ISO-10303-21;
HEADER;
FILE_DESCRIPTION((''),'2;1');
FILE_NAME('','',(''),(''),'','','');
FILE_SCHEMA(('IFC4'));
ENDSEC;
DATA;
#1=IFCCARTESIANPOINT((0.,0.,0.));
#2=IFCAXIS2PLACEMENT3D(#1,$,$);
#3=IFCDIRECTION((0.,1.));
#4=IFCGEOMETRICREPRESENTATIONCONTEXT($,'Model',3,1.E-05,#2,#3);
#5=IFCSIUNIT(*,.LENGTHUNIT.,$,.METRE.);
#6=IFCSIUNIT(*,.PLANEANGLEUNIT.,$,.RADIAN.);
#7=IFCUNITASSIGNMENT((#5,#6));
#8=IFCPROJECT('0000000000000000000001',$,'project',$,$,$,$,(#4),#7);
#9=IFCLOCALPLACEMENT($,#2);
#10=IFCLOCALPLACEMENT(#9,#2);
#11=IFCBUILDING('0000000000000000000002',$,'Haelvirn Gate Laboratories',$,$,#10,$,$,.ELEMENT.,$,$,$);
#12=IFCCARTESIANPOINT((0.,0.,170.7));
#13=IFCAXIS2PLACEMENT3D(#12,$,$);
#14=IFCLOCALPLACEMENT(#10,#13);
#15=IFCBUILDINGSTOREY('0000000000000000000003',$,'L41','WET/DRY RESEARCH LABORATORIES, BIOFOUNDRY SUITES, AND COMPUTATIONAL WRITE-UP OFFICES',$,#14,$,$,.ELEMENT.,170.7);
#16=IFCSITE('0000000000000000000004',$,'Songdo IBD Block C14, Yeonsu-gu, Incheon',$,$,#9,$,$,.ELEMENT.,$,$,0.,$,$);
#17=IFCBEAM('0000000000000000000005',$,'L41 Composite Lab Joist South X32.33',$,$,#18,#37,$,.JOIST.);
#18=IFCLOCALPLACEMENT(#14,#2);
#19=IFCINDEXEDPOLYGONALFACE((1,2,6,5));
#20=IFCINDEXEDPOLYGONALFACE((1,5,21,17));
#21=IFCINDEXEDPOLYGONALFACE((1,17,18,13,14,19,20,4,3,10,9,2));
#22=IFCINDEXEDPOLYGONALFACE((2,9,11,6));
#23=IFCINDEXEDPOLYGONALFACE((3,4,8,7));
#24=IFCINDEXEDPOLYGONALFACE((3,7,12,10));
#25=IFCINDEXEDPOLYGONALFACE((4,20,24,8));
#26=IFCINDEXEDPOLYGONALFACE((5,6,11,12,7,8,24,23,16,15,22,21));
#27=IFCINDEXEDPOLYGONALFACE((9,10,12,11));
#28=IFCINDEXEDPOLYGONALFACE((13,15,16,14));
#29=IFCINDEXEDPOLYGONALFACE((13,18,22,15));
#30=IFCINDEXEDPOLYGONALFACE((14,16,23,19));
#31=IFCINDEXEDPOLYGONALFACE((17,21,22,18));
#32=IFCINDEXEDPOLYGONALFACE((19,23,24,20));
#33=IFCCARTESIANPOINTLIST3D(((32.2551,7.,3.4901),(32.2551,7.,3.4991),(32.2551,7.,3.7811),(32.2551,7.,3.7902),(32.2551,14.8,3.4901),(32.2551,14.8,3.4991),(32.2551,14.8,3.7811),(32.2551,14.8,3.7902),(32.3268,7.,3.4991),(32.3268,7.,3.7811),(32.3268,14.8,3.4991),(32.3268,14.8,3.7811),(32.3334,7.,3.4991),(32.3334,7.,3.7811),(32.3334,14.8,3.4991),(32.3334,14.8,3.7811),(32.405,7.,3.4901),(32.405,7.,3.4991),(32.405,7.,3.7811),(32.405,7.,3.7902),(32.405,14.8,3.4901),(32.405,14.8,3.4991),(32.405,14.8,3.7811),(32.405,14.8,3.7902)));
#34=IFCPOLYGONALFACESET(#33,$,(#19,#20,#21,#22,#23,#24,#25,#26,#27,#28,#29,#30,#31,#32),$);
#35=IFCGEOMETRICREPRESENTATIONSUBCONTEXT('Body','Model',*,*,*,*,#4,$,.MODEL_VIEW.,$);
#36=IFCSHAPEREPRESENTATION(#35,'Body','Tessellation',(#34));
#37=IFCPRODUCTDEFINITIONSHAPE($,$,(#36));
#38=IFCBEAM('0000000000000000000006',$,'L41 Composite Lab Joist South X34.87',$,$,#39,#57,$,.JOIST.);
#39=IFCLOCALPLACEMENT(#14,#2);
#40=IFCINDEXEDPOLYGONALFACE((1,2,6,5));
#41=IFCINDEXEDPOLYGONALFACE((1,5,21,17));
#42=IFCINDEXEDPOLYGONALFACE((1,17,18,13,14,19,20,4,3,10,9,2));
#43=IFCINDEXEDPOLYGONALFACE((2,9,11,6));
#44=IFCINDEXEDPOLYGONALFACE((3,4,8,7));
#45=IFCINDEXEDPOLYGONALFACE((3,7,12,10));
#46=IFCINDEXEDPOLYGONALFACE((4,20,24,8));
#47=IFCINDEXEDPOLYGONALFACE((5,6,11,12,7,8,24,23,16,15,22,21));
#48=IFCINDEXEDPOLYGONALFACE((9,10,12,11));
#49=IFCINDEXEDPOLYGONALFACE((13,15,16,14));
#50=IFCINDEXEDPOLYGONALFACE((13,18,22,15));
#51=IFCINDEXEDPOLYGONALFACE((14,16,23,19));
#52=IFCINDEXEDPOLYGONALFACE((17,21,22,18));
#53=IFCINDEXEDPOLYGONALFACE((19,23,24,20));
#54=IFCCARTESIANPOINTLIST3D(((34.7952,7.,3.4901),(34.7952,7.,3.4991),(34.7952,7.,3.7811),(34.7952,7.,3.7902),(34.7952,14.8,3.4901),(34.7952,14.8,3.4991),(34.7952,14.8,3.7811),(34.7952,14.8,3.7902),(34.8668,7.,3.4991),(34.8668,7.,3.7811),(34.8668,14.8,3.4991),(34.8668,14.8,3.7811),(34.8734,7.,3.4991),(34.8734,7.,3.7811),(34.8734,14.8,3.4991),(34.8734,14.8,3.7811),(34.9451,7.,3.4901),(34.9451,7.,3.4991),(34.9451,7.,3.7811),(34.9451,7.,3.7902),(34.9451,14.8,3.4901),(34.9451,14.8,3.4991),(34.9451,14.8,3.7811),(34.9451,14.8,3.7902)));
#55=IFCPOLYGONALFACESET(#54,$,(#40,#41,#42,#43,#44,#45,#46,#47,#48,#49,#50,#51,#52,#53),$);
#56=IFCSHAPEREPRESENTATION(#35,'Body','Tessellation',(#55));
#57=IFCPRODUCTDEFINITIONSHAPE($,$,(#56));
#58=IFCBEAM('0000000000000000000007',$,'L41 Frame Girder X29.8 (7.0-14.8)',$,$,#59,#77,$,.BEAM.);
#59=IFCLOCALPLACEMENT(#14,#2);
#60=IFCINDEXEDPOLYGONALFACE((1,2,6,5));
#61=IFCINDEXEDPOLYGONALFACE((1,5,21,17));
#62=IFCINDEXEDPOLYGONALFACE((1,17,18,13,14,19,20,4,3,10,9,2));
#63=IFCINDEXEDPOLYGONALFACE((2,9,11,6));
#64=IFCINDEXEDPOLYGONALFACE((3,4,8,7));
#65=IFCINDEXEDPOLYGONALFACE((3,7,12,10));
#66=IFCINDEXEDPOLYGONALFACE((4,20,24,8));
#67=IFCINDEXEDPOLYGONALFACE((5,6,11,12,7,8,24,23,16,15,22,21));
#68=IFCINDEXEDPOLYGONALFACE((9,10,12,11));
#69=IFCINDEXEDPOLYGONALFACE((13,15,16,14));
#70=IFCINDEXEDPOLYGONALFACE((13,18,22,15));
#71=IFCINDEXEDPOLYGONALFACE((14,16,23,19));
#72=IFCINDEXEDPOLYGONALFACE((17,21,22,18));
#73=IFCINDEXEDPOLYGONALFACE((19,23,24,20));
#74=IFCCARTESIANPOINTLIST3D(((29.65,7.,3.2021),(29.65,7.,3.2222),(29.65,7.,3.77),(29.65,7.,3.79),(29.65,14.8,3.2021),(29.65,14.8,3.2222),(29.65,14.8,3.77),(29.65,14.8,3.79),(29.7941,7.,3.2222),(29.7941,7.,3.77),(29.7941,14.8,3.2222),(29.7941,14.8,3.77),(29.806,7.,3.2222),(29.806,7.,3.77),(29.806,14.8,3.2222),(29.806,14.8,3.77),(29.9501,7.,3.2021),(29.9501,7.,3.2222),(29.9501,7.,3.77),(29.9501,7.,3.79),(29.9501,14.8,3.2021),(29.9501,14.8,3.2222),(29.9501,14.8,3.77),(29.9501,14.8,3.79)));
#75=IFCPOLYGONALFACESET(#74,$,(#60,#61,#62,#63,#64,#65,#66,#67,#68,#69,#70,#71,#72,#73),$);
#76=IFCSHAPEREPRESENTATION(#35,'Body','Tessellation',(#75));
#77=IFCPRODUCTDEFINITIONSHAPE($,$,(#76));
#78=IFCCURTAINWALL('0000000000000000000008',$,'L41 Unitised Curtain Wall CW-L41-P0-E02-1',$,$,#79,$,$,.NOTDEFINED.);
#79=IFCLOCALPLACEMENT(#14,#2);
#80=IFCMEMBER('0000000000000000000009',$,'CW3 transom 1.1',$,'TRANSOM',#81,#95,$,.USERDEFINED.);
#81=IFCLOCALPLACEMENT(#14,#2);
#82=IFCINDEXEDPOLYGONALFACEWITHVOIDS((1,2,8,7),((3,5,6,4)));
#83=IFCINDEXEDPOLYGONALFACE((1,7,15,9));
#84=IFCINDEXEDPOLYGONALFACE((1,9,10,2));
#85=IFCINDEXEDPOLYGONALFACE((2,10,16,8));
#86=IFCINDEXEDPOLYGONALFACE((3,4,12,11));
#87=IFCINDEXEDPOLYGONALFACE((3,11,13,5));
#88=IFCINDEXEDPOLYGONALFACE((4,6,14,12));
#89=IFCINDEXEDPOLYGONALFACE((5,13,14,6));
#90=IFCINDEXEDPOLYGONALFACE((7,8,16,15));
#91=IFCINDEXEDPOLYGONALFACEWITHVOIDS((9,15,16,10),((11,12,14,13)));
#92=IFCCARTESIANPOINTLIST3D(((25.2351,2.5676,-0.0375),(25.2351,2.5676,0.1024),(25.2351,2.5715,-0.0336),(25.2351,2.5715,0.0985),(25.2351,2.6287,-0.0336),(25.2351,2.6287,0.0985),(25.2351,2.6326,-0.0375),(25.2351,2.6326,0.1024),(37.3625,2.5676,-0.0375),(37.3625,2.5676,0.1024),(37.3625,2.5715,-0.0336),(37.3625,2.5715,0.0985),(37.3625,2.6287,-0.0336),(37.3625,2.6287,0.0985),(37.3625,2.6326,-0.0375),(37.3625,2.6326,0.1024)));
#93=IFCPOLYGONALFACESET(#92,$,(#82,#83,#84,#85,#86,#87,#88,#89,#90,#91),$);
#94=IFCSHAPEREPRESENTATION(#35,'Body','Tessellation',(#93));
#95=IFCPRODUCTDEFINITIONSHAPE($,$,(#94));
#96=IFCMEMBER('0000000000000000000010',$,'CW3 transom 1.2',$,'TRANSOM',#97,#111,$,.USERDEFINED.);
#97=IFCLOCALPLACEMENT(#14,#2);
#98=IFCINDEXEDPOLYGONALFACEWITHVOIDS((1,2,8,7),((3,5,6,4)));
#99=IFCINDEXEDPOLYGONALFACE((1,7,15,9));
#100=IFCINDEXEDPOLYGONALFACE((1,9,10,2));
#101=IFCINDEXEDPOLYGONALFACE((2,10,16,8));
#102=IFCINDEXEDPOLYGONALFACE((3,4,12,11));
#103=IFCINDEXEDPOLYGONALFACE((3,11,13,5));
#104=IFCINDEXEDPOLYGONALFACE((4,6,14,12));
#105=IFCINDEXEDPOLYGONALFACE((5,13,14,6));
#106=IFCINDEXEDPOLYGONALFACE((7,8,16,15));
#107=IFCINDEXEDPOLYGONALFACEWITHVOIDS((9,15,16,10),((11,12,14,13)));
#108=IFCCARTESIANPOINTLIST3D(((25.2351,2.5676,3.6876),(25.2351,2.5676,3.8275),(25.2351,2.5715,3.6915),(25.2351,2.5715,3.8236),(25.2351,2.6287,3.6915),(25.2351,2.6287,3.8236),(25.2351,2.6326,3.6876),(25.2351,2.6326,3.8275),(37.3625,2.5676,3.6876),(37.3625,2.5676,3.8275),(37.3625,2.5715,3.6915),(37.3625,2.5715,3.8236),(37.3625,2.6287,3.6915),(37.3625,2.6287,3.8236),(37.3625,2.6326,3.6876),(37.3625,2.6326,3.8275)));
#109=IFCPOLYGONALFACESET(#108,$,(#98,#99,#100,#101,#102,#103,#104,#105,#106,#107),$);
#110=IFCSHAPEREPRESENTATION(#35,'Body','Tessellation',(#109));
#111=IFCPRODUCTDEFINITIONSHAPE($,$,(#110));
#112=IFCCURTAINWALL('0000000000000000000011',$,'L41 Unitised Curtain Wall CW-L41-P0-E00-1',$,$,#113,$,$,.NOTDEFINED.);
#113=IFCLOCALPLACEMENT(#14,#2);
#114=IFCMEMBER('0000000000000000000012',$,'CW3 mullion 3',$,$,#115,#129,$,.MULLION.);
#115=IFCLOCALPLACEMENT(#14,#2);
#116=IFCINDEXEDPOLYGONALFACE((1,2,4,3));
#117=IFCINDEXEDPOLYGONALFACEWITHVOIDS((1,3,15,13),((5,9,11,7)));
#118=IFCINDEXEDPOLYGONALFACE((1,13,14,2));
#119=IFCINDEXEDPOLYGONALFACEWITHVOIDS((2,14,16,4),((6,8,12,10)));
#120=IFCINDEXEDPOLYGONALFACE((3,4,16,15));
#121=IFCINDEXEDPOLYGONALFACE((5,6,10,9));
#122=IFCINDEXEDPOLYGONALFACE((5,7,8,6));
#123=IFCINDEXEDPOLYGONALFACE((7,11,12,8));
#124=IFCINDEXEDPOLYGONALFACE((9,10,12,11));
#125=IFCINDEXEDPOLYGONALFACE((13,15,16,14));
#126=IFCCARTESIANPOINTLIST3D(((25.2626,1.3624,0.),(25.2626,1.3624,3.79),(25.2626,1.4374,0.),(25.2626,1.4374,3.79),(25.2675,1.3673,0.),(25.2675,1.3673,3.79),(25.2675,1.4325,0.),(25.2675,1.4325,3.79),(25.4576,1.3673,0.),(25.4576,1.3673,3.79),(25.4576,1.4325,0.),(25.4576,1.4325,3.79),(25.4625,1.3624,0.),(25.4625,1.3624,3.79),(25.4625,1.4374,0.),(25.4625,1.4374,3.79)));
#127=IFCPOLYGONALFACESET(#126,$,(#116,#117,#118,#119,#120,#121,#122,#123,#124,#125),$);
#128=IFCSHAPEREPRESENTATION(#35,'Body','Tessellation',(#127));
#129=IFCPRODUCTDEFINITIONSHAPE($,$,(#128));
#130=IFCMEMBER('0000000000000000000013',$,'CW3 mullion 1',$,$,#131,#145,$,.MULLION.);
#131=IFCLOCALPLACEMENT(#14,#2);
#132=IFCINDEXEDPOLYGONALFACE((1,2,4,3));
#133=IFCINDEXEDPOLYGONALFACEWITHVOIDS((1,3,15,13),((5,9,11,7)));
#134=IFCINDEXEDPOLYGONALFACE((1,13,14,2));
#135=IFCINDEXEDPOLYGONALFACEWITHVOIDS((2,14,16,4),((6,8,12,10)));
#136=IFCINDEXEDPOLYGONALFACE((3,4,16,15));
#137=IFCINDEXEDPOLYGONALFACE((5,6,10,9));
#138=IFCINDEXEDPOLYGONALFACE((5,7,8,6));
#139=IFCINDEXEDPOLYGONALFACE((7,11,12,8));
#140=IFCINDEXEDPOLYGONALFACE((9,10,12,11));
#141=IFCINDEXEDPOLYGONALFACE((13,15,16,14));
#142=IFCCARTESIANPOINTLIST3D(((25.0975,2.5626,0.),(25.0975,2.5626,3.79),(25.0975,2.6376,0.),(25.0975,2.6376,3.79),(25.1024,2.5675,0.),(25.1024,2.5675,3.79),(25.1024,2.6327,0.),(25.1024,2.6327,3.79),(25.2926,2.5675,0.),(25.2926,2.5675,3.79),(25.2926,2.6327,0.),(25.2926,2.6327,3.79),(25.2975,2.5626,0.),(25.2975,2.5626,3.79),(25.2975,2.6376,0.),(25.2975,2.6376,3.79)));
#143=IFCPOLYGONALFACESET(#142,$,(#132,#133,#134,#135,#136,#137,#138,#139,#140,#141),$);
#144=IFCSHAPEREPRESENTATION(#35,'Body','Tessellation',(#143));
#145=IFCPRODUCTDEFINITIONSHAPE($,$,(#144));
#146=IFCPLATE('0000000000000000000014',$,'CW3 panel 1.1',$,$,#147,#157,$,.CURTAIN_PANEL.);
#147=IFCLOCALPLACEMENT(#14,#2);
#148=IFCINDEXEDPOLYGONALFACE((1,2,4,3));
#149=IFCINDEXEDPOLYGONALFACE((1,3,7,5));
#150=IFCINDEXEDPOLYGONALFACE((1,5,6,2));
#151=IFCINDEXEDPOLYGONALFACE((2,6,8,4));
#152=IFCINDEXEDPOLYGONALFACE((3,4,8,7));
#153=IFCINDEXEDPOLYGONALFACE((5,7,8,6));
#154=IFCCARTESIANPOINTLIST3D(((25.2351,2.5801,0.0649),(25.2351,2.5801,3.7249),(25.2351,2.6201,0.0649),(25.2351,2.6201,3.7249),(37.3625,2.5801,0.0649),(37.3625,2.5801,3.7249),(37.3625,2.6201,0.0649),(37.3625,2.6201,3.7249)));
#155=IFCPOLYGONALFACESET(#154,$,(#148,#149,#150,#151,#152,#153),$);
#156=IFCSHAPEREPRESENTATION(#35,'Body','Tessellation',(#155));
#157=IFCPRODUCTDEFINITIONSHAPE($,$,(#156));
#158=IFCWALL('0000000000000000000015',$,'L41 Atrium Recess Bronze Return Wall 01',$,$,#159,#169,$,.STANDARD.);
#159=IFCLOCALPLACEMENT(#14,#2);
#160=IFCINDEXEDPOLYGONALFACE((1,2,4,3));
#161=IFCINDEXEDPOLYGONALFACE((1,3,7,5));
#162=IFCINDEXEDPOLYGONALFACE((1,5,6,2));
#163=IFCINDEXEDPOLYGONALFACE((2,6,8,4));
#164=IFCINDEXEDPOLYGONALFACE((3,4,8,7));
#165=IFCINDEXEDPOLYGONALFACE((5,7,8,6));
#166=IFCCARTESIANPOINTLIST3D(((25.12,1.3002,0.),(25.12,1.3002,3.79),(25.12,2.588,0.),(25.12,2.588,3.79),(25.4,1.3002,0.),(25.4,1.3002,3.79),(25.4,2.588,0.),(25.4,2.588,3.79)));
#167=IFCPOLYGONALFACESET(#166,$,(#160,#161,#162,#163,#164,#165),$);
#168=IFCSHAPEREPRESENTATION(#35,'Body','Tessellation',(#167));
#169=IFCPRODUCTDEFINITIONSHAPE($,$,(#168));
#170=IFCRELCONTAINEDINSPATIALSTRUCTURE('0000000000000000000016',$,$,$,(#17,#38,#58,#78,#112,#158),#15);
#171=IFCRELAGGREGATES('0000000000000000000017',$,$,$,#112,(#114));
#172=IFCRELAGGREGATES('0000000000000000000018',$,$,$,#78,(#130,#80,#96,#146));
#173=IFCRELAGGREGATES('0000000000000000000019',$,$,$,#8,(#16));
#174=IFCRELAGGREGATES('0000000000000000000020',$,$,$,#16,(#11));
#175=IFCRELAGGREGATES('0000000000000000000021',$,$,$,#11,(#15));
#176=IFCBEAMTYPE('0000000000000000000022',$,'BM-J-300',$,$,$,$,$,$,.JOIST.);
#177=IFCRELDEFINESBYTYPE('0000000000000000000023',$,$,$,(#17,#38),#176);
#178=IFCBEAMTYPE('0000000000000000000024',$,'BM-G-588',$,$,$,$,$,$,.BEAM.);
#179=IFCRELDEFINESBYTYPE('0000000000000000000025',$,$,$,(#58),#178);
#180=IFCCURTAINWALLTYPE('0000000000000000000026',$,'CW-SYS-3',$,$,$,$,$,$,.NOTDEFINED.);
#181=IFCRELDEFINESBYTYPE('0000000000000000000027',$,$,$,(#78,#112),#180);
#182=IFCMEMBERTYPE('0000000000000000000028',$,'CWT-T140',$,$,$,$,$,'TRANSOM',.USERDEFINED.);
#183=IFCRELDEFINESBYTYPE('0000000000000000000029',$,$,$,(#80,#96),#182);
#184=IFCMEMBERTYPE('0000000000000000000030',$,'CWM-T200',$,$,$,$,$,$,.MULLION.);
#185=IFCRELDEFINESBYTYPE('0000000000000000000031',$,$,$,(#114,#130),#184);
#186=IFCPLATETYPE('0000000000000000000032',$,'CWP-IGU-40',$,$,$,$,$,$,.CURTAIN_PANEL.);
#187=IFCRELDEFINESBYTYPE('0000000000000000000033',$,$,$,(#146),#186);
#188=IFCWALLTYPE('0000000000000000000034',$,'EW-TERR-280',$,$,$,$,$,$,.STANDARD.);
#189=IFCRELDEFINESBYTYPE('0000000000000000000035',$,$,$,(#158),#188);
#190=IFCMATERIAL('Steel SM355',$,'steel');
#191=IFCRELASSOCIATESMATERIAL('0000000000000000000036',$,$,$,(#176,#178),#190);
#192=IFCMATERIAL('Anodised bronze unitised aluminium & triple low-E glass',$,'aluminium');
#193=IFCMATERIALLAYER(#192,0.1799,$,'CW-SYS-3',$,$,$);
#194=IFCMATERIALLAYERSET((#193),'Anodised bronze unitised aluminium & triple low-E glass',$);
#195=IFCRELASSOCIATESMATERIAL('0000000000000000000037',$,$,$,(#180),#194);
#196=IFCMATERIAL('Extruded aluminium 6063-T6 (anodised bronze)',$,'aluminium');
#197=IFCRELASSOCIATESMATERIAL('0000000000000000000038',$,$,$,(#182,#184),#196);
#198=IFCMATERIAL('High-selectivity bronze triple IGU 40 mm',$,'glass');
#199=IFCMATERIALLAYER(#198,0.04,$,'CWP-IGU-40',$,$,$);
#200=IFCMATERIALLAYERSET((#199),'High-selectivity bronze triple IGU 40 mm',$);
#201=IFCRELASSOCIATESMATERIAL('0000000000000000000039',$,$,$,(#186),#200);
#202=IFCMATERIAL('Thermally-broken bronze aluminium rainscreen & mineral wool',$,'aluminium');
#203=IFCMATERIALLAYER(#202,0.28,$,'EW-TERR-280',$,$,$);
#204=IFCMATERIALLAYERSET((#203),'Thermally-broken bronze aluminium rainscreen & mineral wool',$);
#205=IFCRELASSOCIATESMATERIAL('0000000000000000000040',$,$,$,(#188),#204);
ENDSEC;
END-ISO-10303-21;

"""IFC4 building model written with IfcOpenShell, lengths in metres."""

from ifc_helpers import new_model, si_unit, direction, frame, frame_2d, origin, origin_2d, place, context, subcontext, project, spatial, rectangle, hollow_rectangle, i_section, extrude, source, transform, mapped, material, layer, layer_set, material_profile, profile_set, type_object, type_shapes, element, aggregate, save


model = new_model("IFC4")

# Units and contexts
model_context = context("Model", 3, precision=1e-05, world=origin(), true_north=direction((0.0, 1.0)))
body_context = subcontext(model_context, "Body", "Model", "MODEL_VIEW")
ifc_project = project(units=[si_unit("LENGTHUNIT", "METRE"), si_unit("PLANEANGLEUNIT", "RADIAN")], contexts=[model_context])

# Site, building, storey
site_placement = place(None, origin())
site = spatial("IfcSite", under=ifc_project, at=site_placement, Name="Songdo IBD Block C14, Yeonsu-gu, Incheon", CompositionType="ELEMENT", RefElevation=0.0)
building_placement = place(site_placement, origin())
building = spatial("IfcBuilding", under=site, at=building_placement, Name="Haelvirn Gate Laboratories", CompositionType="ELEMENT")
storey_placement = place(building_placement, frame((0.0, 0.0, 170.7)))
storey = spatial("IfcBuildingStorey", under=building, at=storey_placement, Name="L41", Description="WET/DRY RESEARCH LABORATORIES, BIOFOUNDRY SUITES, AND COMPUTATIONAL WRITE-UP OFFICES", CompositionType="ELEMENT", Elevation=170.7)

# Shared definitions
ifc_material_1 = material(Name="Steel SM355", Category="steel")

# Beams
ifc_material_profile_1 = material_profile(ifc_material_1, i_section(OverallWidth=0.1499, OverallDepth=0.3, WebThickness=0.0066, FlangeThickness=0.009, at=origin_2d()), Name="H-300x150x6.5x9")
ifc_profile_set_1 = profile_set([ifc_material_profile_1], Name="Steel SM355")
beam_type_1 = type_object("IfcBeamType", Name="BM-J-300", PredefinedType="JOIST", material=ifc_profile_set_1)
shared_shape_1 = source(origin(), body_context, "Body", "SweptSolid", [
    extrude(i_section(OverallWidth=0.1499, OverallDepth=0.3, WebThickness=0.0066, FlangeThickness=0.009, at=origin_2d()), origin(), (0.0, 0.0, 1.0), 7.8),
])
type_shapes(beam_type_1, [shared_shape_1])
for number, where, z_axis, x_axis, name in (
    (1, (32.3301, 7.0, 3.6401), (0.0, 1.0, 0.0), (-1.0, 0.0, 0.0), "L41 Composite Lab Joist South X32.33"),
    (2, (34.8701, 7.0, 3.6401), (0.0, 1.0, 0.0), (-1.0, 0.0, 0.0), "L41 Composite Lab Joist South X34.87"),
):
    element("IfcBeam", number, at=place(storey_placement, frame(where, z_axis=z_axis, x_axis=x_axis)), inside=storey, type_object=beam_type_1, Name=name, PredefinedType="JOIST", context=body_context, shape_type="MappedRepresentation", body=[
        mapped(shared_shape_1, transform((0.0, 0.0, 0.0), scale=1.0)),
    ])
ifc_material_profile_2 = material_profile(ifc_material_1, i_section(OverallWidth=0.3, OverallDepth=0.5879, WebThickness=0.012, FlangeThickness=0.02, at=origin_2d()), Name="H-588x300x12x20")
ifc_profile_set_2 = profile_set([ifc_material_profile_2], Name="Steel SM355")
beam_type_2 = type_object("IfcBeamType", Name="BM-G-588", PredefinedType="BEAM", material=ifc_profile_set_2)
shared_shape_2 = source(origin(), body_context, "Body", "SweptSolid", [
    extrude(i_section(OverallWidth=0.3, OverallDepth=0.5879, WebThickness=0.012, FlangeThickness=0.02, at=origin_2d()), origin(), (0.0, 0.0, 1.0), 7.8),
])
type_shapes(beam_type_2, [shared_shape_2])
beam_1_placement = place(storey_placement, frame((29.8, 7.0, 3.4961), z_axis=(0.0, 1.0, 0.0), x_axis=(-1.0, 0.0, 0.0)))
element("IfcBeam", 3, at=beam_1_placement, inside=storey, type_object=beam_type_2, Name="L41 Frame Girder X29.8 (7.0-14.8)", PredefinedType="BEAM", context=body_context, shape_type="MappedRepresentation", body=[
    mapped(shared_shape_2, transform((0.0, 0.0, 0.0), scale=1.0)),
])

# Curtain wall, members
ifc_material_2 = material(Name="Anodised bronze unitised aluminium & triple low-E glass", Category="aluminium")
ifc_layer_1 = layer(ifc_material_2, 0.1799, Name="CW-SYS-3")
ifc_layer_set_1 = layer_set([ifc_layer_1], Name="Anodised bronze unitised aluminium & triple low-E glass")
curtain_wall_type = type_object("IfcCurtainWallType", Name="CW-SYS-3", PredefinedType="NOTDEFINED", material=ifc_layer_set_1)
curtain_wall_1_placement = place(storey_placement, origin())
curtain_wall_1 = element("IfcCurtainWall", 4, at=curtain_wall_1_placement, inside=storey, type_object=curtain_wall_type, Name="L41 Unitised Curtain Wall CW-L41-P0-E02-1", PredefinedType="NOTDEFINED")
ifc_material_3 = material(Name="Extruded aluminium 6063-T6 (anodised bronze)", Category="aluminium")
ifc_material_profile_3 = material_profile(ifc_material_3, hollow_rectangle(XDim=0.0649, YDim=0.1399, WallThickness=0.0039, at=origin_2d()), Name="CWT-140x65x4")
ifc_profile_set_3 = profile_set([ifc_material_profile_3], Name="Extruded aluminium 6063-T6 (anodised bronze)")
member_type_1 = type_object("IfcMemberType", Name="CWT-T140", ElementType="TRANSOM", PredefinedType="USERDEFINED", material=ifc_profile_set_3)
shared_shape_3 = source(origin(), body_context, "Body", "SweptSolid", [
    extrude(hollow_rectangle(XDim=0.0649, YDim=0.1399, WallThickness=0.0039, at=origin_2d()), origin(), (0.0, 0.0, 1.0), 12.1274),
])
type_shapes(member_type_1, [shared_shape_3])
member_1_placement = place(storey_placement, frame((25.2351, 2.6001, 0.0325), z_axis=(1.0, 0.0, 0.0), x_axis=(0.0, 1.0, 0.0)))
member_1 = element("IfcMember", 5, at=member_1_placement, type_object=member_type_1, Name="CW3 transom 1.1", ObjectType="TRANSOM", PredefinedType="USERDEFINED", context=body_context, shape_type="MappedRepresentation", body=[
    mapped(shared_shape_3, transform((0.0, 0.0, 0.0), scale=1.0)),
])
member_2_placement = place(storey_placement, frame((25.2351, 2.6001, 3.7576), z_axis=(1.0, 0.0, 0.0), x_axis=(0.0, 1.0, 0.0)))
member_2 = element("IfcMember", 6, at=member_2_placement, type_object=member_type_1, Name="CW3 transom 1.2", ObjectType="TRANSOM", PredefinedType="USERDEFINED", context=body_context, shape_type="MappedRepresentation", body=[
    mapped(shared_shape_3, transform((0.0, 0.0, 0.0), scale=1.0)),
])

# Curtain wall, member
curtain_wall_2_placement = place(storey_placement, origin())
curtain_wall_2 = element("IfcCurtainWall", 7, at=curtain_wall_2_placement, inside=storey, type_object=curtain_wall_type, Name="L41 Unitised Curtain Wall CW-L41-P0-E00-1", PredefinedType="NOTDEFINED")
ifc_material_profile_4 = material_profile(ifc_material_3, hollow_rectangle(XDim=0.075, YDim=0.2, WallThickness=0.0049, at=origin_2d()), Name="CWM-200x75x5")
ifc_profile_set_4 = profile_set([ifc_material_profile_4], Name="Extruded aluminium 6063-T6 (anodised bronze)")
member_type_2 = type_object("IfcMemberType", Name="CWM-T200", PredefinedType="MULLION", material=ifc_profile_set_4)
shared_shape_4 = source(origin(), body_context, "Body", "SweptSolid", [
    extrude(hollow_rectangle(XDim=0.075, YDim=0.2, WallThickness=0.0049, at=origin_2d()), origin(), (0.0, 0.0, 1.0), 3.79),
])
type_shapes(member_type_2, [shared_shape_4])
member_3_placement = place(storey_placement, frame((25.3625, 1.3999, 0.0), z_axis=(0.0, 0.0, 1.0), x_axis=(0.0, 1.0, 0.0)))
member_3 = element("IfcMember", 8, at=member_3_placement, type_object=member_type_2, Name="CW3 mullion 3", PredefinedType="MULLION", context=body_context, shape_type="MappedRepresentation", body=[
    mapped(shared_shape_4, transform((0.0, 0.0, 0.0), scale=1.0)),
])
aggregate(curtain_wall_2, [member_3])

# Member
member_4_placement = place(storey_placement, frame((25.1975, 2.6001, 0.0), z_axis=(0.0, 0.0, 1.0), x_axis=(0.0, 1.0, 0.0)))
member_4 = element("IfcMember", 9, at=member_4_placement, type_object=member_type_2, Name="CW3 mullion 1", PredefinedType="MULLION", context=body_context, shape_type="MappedRepresentation", body=[
    mapped(shared_shape_4, transform((0.0, 0.0, 0.0), scale=1.0)),
])

# Plate
ifc_material_4 = material(Name="High-selectivity bronze triple IGU 40 mm", Category="glass")
ifc_layer_2 = layer(ifc_material_4, 0.04, Name="CWP-IGU-40")
ifc_layer_set_2 = layer_set([ifc_layer_2], Name="High-selectivity bronze triple IGU 40 mm")
plate_type = type_object("IfcPlateType", Name="CWP-IGU-40", PredefinedType="CURTAIN_PANEL", material=ifc_layer_set_2)
shared_shape_5 = source(origin(), body_context, "Body", "SweptSolid", [
    extrude(rectangle(XDim=12.1274, YDim=0.04, at=origin_2d()), origin(), (0.0, 0.0, 1.0), 3.6599),
])
type_shapes(plate_type, [shared_shape_5])
plate_placement = place(storey_placement, frame((31.2988, 2.6001, 0.0649), z_axis=(0.0, 0.0, 1.0), x_axis=(1.0, 0.0, 0.0)))
plate = element("IfcPlate", 10, at=plate_placement, type_object=plate_type, Name="CW3 panel 1.1", PredefinedType="CURTAIN_PANEL", context=body_context, shape_type="MappedRepresentation", body=[
    mapped(shared_shape_5, transform((0.0, 0.0, 0.0), scale=1.0)),
])
aggregate(curtain_wall_1, [member_4, member_1, member_2, plate])

# Wall
ifc_material_5 = material(Name="Thermally-broken bronze aluminium rainscreen & mineral wool", Category="aluminium")
ifc_layer_3 = layer(ifc_material_5, 0.28, Name="EW-TERR-280")
ifc_layer_set_3 = layer_set([ifc_layer_3], Name="Thermally-broken bronze aluminium rainscreen & mineral wool")
wall_type_1 = type_object("IfcWallType", Name="EW-TERR-280", PredefinedType="STANDARD", material=ifc_layer_set_3)
wall_1_placement = place(storey_placement, frame((25.26, 1.3, 0.0), z_axis=(0.0, 0.0, 1.0), x_axis=(0.0, 1.0, 0.0)))
element("IfcWall", 11, at=wall_1_placement, inside=storey, type_object=wall_type_1, Name="L41 Atrium Recess Bronze Return Wall 01", PredefinedType="STANDARD", context=body_context, shape_type="SweptSolid", body=[
    extrude(rectangle(XDim=1.2878, YDim=0.28, at=frame_2d((0.644, 0.0))), origin(), (0.0, 0.0, 1.0), 3.79),
])

save(model, "model.ifc")
